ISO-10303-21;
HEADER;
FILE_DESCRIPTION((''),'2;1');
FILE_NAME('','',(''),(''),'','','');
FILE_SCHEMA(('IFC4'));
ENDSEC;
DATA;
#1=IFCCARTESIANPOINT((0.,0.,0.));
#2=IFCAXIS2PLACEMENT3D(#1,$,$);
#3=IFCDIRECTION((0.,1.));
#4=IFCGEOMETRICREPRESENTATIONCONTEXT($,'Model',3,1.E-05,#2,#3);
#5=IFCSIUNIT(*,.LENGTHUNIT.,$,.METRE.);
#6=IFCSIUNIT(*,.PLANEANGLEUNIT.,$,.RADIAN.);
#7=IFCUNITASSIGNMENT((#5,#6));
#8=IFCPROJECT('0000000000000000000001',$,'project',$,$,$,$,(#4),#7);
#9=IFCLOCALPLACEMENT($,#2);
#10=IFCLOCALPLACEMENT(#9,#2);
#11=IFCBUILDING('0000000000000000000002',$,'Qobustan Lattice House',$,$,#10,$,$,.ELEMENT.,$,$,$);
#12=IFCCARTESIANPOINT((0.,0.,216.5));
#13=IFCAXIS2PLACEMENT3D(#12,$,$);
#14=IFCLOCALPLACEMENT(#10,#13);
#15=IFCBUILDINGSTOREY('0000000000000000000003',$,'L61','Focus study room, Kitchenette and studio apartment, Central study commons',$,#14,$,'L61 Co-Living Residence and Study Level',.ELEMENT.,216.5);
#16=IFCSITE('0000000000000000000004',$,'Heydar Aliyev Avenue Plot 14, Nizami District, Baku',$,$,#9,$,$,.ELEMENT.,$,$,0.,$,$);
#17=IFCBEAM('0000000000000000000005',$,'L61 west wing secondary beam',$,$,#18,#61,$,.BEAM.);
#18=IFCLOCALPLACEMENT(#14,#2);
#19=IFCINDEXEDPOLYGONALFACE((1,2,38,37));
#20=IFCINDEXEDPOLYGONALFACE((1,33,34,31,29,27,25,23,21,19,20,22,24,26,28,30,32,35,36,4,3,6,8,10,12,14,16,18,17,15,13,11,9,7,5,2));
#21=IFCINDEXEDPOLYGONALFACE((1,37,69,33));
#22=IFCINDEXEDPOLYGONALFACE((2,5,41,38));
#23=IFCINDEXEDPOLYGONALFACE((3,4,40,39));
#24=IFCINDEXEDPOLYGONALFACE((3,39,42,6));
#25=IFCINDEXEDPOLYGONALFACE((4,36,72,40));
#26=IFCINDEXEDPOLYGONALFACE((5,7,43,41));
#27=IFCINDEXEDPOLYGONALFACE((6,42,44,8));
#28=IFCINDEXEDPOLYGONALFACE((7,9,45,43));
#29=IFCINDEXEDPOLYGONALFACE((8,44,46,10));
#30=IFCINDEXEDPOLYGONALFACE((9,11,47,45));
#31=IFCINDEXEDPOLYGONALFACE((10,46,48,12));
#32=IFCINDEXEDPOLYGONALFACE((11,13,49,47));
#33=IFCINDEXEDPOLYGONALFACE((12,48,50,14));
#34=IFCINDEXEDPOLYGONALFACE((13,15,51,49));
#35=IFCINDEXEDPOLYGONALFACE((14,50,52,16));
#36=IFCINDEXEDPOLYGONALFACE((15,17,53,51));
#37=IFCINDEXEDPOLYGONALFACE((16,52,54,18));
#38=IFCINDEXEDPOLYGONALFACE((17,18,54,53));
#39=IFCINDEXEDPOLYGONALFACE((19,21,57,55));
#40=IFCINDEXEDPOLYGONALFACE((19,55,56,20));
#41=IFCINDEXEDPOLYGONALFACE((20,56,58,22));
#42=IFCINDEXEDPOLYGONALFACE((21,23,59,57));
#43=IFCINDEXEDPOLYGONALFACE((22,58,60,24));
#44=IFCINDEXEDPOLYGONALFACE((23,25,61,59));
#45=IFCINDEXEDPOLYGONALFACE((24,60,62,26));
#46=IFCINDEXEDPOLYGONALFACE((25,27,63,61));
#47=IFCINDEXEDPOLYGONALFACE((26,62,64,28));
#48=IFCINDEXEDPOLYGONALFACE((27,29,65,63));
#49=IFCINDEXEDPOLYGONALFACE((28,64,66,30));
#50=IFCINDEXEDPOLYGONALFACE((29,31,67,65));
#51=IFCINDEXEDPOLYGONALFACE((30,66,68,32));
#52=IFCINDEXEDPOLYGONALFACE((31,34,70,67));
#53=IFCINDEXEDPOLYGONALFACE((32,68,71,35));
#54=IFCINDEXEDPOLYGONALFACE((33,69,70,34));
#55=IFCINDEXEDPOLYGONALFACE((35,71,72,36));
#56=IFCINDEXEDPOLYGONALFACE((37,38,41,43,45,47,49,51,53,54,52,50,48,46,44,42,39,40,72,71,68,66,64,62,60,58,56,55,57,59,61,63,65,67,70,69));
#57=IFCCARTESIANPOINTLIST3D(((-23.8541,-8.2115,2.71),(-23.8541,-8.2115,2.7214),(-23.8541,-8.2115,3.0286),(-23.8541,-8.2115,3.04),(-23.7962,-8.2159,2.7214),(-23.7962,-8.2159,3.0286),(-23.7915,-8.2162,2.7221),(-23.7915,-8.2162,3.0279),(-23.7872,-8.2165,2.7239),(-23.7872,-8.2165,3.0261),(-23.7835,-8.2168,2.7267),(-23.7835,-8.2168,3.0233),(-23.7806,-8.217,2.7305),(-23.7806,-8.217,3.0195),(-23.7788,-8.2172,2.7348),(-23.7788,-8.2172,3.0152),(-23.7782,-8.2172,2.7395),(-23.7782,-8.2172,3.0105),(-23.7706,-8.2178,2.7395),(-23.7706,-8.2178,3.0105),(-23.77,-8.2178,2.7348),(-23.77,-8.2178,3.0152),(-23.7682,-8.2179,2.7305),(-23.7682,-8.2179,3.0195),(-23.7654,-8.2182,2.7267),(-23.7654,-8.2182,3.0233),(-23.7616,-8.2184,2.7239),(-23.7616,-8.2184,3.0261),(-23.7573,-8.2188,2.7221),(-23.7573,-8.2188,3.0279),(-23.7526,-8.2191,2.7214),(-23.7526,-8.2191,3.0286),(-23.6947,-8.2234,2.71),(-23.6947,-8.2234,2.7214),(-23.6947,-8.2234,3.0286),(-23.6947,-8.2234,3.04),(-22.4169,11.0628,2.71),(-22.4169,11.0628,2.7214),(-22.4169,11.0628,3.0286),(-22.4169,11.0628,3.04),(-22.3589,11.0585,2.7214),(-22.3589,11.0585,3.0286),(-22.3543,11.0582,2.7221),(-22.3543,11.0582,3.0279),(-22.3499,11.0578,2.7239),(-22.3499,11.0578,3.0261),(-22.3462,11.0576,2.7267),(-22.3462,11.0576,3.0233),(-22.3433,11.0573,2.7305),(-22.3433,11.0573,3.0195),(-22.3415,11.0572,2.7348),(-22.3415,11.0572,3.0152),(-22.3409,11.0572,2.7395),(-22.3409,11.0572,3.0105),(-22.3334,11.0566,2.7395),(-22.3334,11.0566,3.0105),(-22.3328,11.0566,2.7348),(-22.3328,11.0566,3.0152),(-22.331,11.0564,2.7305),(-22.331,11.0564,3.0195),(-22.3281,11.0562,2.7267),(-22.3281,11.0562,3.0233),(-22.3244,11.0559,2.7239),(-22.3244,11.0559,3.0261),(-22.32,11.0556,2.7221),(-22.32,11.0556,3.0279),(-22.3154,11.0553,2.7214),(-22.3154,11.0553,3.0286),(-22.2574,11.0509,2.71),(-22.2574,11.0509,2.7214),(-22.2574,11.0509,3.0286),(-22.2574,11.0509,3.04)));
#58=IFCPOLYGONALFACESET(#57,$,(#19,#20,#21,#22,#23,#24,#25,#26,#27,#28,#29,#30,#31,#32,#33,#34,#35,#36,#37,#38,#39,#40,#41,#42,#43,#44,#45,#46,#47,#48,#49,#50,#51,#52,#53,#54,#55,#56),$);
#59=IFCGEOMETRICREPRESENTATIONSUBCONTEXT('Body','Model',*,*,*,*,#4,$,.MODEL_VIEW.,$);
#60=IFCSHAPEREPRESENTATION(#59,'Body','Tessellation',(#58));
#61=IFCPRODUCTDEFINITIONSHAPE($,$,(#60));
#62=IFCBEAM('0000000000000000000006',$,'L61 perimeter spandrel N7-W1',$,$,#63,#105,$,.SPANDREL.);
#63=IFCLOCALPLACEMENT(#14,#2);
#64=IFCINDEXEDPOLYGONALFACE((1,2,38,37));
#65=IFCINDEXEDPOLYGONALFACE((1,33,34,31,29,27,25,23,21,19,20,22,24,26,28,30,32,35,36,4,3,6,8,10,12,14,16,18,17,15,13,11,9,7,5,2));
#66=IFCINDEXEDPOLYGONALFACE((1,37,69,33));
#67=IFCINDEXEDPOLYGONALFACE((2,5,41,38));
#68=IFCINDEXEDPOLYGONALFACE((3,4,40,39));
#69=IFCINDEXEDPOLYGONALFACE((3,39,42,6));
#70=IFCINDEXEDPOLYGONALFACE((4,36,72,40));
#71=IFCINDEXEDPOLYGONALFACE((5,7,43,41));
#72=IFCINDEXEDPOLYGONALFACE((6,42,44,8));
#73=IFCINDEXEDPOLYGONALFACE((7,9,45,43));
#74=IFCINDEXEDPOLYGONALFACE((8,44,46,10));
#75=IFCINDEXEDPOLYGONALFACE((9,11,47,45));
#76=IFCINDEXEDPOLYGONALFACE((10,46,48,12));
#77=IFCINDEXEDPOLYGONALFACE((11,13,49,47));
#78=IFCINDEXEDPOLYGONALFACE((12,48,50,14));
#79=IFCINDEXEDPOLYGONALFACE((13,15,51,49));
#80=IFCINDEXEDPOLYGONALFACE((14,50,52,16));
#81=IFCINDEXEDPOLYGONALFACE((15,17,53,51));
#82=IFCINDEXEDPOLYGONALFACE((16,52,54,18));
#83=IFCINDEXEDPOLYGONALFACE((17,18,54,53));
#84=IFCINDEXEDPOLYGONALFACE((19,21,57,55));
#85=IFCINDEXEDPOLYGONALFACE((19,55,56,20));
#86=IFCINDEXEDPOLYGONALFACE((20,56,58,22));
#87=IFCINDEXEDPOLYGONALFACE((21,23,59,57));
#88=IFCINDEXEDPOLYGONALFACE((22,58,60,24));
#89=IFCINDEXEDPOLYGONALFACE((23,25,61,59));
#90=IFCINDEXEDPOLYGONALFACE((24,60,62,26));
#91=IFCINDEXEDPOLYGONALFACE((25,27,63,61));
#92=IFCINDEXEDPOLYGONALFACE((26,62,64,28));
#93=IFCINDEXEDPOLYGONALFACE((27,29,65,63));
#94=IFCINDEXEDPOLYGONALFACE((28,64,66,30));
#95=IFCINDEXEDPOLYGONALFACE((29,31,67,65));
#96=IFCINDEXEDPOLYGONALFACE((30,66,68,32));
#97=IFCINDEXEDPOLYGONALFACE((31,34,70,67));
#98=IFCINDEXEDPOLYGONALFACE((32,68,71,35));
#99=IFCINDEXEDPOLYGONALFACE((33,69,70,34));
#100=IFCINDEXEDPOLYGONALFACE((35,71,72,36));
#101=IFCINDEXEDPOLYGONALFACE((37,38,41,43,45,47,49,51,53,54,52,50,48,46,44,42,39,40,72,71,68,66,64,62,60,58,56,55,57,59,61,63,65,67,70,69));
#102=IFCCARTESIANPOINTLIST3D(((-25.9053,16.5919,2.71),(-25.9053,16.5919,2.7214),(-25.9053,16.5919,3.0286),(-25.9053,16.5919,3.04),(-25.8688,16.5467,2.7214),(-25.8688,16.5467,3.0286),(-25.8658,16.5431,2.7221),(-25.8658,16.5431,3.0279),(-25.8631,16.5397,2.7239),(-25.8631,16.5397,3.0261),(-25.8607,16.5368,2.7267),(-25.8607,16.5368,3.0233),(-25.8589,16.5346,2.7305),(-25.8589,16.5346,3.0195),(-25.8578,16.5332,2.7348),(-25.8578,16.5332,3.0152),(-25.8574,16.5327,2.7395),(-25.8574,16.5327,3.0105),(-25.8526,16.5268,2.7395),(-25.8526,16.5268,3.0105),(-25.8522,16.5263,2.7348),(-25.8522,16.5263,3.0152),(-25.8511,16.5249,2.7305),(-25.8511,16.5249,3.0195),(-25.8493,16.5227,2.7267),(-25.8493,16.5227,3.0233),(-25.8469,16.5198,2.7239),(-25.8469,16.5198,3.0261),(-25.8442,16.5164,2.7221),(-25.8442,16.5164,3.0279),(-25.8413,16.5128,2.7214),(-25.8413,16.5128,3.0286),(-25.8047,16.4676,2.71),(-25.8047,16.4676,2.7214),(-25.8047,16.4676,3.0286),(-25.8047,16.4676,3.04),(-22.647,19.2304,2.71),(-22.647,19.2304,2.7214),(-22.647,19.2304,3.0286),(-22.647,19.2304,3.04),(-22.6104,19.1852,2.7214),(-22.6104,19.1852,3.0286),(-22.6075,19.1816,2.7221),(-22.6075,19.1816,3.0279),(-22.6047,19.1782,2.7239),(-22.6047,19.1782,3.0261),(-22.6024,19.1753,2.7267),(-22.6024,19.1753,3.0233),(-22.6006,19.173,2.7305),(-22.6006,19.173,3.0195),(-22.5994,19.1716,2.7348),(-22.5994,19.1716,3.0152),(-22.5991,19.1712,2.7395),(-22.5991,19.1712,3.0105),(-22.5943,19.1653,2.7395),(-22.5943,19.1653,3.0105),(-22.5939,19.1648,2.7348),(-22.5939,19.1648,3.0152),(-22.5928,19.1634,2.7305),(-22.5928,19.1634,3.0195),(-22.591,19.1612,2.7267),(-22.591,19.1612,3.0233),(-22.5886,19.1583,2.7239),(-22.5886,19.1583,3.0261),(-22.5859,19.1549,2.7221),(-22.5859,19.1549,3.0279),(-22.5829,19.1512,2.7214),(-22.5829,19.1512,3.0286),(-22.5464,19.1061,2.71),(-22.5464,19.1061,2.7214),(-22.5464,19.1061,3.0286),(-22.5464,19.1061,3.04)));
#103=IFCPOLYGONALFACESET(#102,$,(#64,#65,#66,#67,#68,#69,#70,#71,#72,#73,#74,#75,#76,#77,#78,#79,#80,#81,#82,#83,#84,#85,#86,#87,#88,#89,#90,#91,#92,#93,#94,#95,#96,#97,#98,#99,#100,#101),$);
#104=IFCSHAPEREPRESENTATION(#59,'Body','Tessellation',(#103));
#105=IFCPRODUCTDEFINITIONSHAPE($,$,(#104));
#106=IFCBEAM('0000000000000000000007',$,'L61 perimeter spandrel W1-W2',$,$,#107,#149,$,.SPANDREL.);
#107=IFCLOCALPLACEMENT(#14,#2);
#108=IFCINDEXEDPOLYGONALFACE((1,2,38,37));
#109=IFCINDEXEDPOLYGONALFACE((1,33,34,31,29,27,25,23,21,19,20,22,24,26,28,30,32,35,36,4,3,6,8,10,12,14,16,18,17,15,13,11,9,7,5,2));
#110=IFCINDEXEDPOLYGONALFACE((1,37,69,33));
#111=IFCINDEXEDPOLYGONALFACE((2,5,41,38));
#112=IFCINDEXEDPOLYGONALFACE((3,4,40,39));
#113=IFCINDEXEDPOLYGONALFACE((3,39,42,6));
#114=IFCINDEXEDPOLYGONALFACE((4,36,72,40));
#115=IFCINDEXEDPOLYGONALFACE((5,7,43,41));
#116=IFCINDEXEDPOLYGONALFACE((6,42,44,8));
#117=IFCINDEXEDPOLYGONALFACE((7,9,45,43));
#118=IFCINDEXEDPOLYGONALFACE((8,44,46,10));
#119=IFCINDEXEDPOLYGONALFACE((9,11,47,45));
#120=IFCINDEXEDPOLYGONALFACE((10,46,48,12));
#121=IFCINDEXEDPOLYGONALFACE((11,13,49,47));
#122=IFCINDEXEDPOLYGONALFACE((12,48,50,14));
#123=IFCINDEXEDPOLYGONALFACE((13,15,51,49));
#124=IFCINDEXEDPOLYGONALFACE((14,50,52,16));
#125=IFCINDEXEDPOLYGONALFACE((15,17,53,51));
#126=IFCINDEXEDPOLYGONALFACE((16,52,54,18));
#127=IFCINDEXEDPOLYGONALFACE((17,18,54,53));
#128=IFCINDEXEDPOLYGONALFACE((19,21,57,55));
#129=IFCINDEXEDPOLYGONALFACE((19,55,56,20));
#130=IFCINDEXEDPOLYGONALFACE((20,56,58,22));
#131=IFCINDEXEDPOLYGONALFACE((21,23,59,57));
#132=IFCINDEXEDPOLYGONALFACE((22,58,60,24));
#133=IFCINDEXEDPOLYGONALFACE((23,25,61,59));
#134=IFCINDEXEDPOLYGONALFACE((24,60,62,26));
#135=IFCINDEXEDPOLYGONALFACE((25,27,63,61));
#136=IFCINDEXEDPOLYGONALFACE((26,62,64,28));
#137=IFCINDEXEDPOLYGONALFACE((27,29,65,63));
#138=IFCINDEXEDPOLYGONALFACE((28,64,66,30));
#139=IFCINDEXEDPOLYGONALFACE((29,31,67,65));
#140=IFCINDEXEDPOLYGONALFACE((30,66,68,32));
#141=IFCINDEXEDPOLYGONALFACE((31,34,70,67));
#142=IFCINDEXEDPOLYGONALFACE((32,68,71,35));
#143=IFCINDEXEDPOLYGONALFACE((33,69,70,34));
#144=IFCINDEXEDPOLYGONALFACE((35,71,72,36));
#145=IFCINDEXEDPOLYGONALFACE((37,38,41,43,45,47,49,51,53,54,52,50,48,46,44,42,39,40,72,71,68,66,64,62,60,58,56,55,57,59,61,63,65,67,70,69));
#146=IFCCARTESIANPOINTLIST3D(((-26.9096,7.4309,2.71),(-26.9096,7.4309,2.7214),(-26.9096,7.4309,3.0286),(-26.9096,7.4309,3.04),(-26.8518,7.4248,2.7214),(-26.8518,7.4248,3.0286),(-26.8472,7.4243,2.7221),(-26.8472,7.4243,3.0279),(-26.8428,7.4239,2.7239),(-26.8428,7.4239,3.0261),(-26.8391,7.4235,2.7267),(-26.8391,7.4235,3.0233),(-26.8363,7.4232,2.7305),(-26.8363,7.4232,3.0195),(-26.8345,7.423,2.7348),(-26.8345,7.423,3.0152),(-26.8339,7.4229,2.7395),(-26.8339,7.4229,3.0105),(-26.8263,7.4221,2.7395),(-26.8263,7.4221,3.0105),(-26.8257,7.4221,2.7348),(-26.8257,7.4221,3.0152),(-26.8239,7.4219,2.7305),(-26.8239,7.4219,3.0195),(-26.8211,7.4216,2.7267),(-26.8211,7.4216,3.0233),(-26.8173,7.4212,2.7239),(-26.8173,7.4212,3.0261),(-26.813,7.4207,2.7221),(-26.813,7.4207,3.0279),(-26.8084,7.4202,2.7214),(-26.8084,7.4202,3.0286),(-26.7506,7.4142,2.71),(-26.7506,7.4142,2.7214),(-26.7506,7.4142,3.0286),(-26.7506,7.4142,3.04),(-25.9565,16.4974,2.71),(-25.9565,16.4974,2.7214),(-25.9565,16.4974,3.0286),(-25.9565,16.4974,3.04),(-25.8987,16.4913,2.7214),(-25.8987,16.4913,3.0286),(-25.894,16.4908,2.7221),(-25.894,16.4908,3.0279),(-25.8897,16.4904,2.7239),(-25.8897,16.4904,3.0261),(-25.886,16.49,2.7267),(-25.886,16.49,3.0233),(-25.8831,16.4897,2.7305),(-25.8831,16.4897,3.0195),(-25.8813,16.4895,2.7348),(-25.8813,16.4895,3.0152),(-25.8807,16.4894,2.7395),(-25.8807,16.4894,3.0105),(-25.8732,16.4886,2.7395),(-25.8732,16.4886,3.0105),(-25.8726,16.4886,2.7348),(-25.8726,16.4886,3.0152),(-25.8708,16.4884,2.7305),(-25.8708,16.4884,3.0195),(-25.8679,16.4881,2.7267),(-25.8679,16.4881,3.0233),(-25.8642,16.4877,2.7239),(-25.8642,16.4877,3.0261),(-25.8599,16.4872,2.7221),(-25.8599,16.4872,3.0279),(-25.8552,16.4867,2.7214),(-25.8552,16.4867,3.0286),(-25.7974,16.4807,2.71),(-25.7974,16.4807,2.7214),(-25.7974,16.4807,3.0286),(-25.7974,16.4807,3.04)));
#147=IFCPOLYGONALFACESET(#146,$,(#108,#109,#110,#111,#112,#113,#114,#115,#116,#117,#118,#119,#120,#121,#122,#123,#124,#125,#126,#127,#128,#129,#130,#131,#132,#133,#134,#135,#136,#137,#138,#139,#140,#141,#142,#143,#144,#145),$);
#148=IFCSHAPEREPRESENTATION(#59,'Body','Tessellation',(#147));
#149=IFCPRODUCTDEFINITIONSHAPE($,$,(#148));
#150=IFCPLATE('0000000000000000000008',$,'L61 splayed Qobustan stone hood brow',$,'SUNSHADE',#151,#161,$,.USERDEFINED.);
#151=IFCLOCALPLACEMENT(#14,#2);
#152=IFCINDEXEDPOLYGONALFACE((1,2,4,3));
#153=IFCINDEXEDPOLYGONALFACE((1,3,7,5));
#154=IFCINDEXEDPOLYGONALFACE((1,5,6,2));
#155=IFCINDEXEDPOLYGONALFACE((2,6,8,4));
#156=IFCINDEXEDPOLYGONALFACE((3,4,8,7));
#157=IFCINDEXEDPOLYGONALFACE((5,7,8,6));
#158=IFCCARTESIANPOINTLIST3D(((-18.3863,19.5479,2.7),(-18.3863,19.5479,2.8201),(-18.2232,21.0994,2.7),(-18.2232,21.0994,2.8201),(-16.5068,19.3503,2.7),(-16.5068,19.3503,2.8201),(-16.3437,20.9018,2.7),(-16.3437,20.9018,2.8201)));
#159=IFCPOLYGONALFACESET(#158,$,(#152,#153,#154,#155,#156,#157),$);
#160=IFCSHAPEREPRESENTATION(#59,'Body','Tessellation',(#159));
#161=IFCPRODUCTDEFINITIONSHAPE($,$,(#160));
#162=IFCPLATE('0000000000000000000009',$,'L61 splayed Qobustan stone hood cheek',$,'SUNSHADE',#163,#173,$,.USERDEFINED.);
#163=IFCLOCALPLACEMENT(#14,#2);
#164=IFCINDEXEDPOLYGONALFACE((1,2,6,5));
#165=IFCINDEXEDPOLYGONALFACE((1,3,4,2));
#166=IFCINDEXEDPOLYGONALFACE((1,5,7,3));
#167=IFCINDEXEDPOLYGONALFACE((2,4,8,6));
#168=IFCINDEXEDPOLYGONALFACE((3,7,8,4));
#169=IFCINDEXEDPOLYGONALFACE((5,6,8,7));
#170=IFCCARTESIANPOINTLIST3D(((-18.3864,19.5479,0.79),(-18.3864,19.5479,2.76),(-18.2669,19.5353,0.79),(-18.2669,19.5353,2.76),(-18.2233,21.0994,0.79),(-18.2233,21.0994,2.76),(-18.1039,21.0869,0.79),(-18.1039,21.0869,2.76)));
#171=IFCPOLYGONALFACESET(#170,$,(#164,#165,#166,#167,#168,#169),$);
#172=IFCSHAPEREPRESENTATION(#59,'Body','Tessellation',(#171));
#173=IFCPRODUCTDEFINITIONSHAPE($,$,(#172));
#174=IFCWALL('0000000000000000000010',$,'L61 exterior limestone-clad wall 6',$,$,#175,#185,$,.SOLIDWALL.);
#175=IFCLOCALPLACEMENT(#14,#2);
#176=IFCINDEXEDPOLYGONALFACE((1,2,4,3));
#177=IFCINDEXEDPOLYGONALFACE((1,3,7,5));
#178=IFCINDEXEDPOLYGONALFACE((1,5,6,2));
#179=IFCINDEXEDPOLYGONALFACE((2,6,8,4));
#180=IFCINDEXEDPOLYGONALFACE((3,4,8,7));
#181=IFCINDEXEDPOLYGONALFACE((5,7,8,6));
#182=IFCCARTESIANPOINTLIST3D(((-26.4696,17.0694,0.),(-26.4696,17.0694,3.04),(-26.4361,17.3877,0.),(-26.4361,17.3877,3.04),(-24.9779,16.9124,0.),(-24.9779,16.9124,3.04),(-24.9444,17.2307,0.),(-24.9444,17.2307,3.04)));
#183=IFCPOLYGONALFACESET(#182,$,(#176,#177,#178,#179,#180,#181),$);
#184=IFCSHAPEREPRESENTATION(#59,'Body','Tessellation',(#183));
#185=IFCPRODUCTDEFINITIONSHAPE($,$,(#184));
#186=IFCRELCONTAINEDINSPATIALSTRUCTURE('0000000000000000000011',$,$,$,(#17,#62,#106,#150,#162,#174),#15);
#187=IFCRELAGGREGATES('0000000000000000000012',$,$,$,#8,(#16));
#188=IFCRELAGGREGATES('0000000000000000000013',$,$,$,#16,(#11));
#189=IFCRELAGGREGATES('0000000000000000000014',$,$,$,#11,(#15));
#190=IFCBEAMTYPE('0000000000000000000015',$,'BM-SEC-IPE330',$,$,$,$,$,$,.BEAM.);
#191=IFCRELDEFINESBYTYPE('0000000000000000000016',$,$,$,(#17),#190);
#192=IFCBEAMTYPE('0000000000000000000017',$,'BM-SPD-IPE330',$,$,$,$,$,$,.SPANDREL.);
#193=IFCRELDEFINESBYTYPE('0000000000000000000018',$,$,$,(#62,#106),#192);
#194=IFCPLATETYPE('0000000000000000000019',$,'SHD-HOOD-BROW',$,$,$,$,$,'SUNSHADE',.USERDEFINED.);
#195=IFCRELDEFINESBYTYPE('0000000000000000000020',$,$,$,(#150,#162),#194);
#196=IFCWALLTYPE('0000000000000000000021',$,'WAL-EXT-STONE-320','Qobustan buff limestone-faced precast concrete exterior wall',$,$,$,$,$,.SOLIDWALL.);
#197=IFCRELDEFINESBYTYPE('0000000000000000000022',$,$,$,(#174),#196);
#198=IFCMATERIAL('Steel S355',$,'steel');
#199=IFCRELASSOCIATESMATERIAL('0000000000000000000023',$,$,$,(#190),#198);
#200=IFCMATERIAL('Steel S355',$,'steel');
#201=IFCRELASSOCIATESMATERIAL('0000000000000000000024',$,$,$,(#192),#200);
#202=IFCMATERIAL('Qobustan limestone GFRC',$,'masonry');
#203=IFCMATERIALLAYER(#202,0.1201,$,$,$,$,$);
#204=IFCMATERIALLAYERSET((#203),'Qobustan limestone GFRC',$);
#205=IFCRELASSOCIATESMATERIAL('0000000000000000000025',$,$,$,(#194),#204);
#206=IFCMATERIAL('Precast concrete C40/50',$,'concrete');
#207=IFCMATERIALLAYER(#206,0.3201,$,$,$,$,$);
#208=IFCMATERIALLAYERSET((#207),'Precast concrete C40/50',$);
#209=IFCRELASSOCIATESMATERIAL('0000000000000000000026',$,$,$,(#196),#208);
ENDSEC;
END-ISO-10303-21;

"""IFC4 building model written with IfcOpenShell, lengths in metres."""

from ifc_helpers import new_model, si_unit, direction, frame, frame_2d, origin, origin_2d, place, context, subcontext, project, spatial, rectangle, i_section, extrude, material, layer, layer_set, material_profile, profile_set, type_object, element, save


model = new_model("IFC4")

# Units and contexts
model_context = context("Model", 3, precision=1e-05, world=origin(), true_north=direction((0.0, 1.0)))
body_context = subcontext(model_context, "Body", "Model", "MODEL_VIEW")
ifc_project = project(units=[si_unit("LENGTHUNIT", "METRE"), si_unit("PLANEANGLEUNIT", "RADIAN")], contexts=[model_context])

# Site, building, storey
site_placement = place(None, origin())
site = spatial("IfcSite", under=ifc_project, at=site_placement, Name="Heydar Aliyev Avenue Plot 14, Nizami District, Baku", CompositionType="ELEMENT", RefElevation=0.0)
building_placement = place(site_placement, origin())
building = spatial("IfcBuilding", under=site, at=building_placement, Name="Qobustan Lattice House", CompositionType="ELEMENT")
storey_placement = place(building_placement, frame((0.0, 0.0, 216.5)))
storey = spatial("IfcBuildingStorey", under=building, at=storey_placement, Name="L61", Description="Focus study room, Kitchenette and studio apartment, Central study commons", LongName="L61 Co-Living Residence and Study Level", CompositionType="ELEMENT", Elevation=216.5)

# Beams
ifc_material_1 = material(Name="Steel S355", Category="steel")
ifc_material_profile_1 = material_profile(ifc_material_1, i_section(OverallWidth=0.1599, OverallDepth=0.3301, WebThickness=0.0076, FlangeThickness=0.0115, FilletRadius=0.0181, at=origin_2d()), Name="IPE330")
ifc_profile_set_1 = profile_set([ifc_material_profile_1], Name="Steel S355")
beam_type_1 = type_object("IfcBeamType", Name="BM-SEC-IPE330", PredefinedType="BEAM", material=ifc_profile_set_1)
beam_1_placement = place(storey_placement, frame((-22.3372, 11.0569, 2.875), z_axis=(-0.074362, -0.997231, 0.0), x_axis=(0.997231, -0.074362, 0.0)))
element("IfcBeam", 1, at=beam_1_placement, inside=storey, type_object=beam_type_1, Name="L61 west wing secondary beam", PredefinedType="BEAM", context=body_context, shape_type="SweptSolid", body=[
    extrude(i_section(OverallWidth=0.1599, OverallDepth=0.3301, WebThickness=0.0076, FlangeThickness=0.0115, FilletRadius=0.0181, at=origin_2d()), origin(), (0.0, 0.0, 1.0), 19.3279),
])
ifc_material_2 = material(Name="Steel S355", Category="steel")
ifc_material_profile_2 = material_profile(ifc_material_2, i_section(OverallWidth=0.1599, OverallDepth=0.3301, WebThickness=0.0076, FlangeThickness=0.0115, FilletRadius=0.0181, at=origin_2d()), Name="IPE330")
ifc_profile_set_2 = profile_set([ifc_material_profile_2], Name="Steel S355")
beam_type_2 = type_object("IfcBeamType", Name="BM-SPD-IPE330", PredefinedType="SPANDREL", material=ifc_profile_set_2)
beam_2_placement = place(storey_placement, frame((-22.5967, 19.1682, 2.875), z_axis=(-0.777157, -0.629307, 0.0), x_axis=(0.629307, -0.777157, 0.0)))
element("IfcBeam", 2, at=beam_2_placement, inside=storey, type_object=beam_type_2, Name="L61 perimeter spandrel N7-W1", PredefinedType="SPANDREL", context=body_context, shape_type="SweptSolid", body=[
    extrude(i_section(OverallWidth=0.1599, OverallDepth=0.3301, WebThickness=0.0076, FlangeThickness=0.0115, FilletRadius=0.0181, at=origin_2d()), origin(), (0.0, 0.0, 1.0), 4.1926),
])
beam_3_placement = place(storey_placement, frame((-25.877, 16.489, 2.875), z_axis=(-0.104551, -0.99452, 0.0), x_axis=(0.99452, -0.104551, 0.0)))
element("IfcBeam", 3, at=beam_3_placement, inside=storey, type_object=beam_type_2, Name="L61 perimeter spandrel W1-W2", PredefinedType="SPANDREL", context=body_context, shape_type="SweptSolid", body=[
    extrude(i_section(OverallWidth=0.1599, OverallDepth=0.3301, WebThickness=0.0076, FlangeThickness=0.0115, FilletRadius=0.0181, at=origin_2d()), origin(), (0.0, 0.0, 1.0), 9.1165),
])

# Plates
ifc_material_3 = material(Name="Qobustan limestone GFRC", Category="masonry")
ifc_layer_1 = layer(ifc_material_3, 0.1201)
ifc_layer_set_1 = layer_set([ifc_layer_1], Name="Qobustan limestone GFRC")
plate_type = type_object("IfcPlateType", Name="SHD-HOOD-BROW", ElementType="SUNSHADE", PredefinedType="USERDEFINED", material=ifc_layer_set_1)
plate_1_placement = place(storey_placement, frame((-17.365, 20.2249, 2.7), z_axis=(0.0, 0.0, 1.0), x_axis=(0.994522, -0.104528, 0.0)))
element("IfcPlate", 4, at=plate_1_placement, inside=storey, type_object=plate_type, Name="L61 splayed Qobustan stone hood brow", ObjectType="SUNSHADE", PredefinedType="USERDEFINED", context=body_context, shape_type="SweptSolid", body=[
    extrude(rectangle(XDim=1.8899, YDim=1.5601, at=origin_2d()), origin(), (0.0, 0.0, 1.0), 0.1201),
])
plate_2_placement = place(storey_placement, frame((-18.2451, 20.3174, 0.79), z_axis=(0.0, 0.0, 1.0), x_axis=(0.994522, -0.104528, 0.0)))
element("IfcPlate", 5, at=plate_2_placement, inside=storey, type_object=plate_type, Name="L61 splayed Qobustan stone hood cheek", ObjectType="SUNSHADE", PredefinedType="USERDEFINED", context=body_context, shape_type="SweptSolid", body=[
    extrude(rectangle(XDim=0.1201, YDim=1.5601, at=origin_2d()), origin(), (0.0, 0.0, 1.0), 1.97),
])

# Wall
ifc_material_4 = material(Name="Precast concrete C40/50", Category="concrete")
ifc_layer_2 = layer(ifc_material_4, 0.3201)
ifc_layer_set_2 = layer_set([ifc_layer_2], Name="Precast concrete C40/50")
wall_type_1 = type_object("IfcWallType", Name="WAL-EXT-STONE-320", Description="Qobustan buff limestone-faced precast concrete exterior wall", PredefinedType="SOLIDWALL", material=ifc_layer_set_2)
wall_1_placement = place(storey_placement, frame((-26.4529, 17.2285, 0.0), z_axis=(0.0, 0.0, 1.0), x_axis=(0.994508, -0.104659, 0.0)))
element("IfcWall", 6, at=wall_1_placement, inside=storey, type_object=wall_type_1, Name="L61 exterior limestone-clad wall 6", PredefinedType="SOLIDWALL", context=body_context, shape_type="SweptSolid", body=[
    extrude(rectangle(XDim=1.5, YDim=0.3201, at=frame_2d((0.75, 0.0))), origin(), (0.0, 0.0, 1.0), 3.04),
])

save(model, "model.ifc")
